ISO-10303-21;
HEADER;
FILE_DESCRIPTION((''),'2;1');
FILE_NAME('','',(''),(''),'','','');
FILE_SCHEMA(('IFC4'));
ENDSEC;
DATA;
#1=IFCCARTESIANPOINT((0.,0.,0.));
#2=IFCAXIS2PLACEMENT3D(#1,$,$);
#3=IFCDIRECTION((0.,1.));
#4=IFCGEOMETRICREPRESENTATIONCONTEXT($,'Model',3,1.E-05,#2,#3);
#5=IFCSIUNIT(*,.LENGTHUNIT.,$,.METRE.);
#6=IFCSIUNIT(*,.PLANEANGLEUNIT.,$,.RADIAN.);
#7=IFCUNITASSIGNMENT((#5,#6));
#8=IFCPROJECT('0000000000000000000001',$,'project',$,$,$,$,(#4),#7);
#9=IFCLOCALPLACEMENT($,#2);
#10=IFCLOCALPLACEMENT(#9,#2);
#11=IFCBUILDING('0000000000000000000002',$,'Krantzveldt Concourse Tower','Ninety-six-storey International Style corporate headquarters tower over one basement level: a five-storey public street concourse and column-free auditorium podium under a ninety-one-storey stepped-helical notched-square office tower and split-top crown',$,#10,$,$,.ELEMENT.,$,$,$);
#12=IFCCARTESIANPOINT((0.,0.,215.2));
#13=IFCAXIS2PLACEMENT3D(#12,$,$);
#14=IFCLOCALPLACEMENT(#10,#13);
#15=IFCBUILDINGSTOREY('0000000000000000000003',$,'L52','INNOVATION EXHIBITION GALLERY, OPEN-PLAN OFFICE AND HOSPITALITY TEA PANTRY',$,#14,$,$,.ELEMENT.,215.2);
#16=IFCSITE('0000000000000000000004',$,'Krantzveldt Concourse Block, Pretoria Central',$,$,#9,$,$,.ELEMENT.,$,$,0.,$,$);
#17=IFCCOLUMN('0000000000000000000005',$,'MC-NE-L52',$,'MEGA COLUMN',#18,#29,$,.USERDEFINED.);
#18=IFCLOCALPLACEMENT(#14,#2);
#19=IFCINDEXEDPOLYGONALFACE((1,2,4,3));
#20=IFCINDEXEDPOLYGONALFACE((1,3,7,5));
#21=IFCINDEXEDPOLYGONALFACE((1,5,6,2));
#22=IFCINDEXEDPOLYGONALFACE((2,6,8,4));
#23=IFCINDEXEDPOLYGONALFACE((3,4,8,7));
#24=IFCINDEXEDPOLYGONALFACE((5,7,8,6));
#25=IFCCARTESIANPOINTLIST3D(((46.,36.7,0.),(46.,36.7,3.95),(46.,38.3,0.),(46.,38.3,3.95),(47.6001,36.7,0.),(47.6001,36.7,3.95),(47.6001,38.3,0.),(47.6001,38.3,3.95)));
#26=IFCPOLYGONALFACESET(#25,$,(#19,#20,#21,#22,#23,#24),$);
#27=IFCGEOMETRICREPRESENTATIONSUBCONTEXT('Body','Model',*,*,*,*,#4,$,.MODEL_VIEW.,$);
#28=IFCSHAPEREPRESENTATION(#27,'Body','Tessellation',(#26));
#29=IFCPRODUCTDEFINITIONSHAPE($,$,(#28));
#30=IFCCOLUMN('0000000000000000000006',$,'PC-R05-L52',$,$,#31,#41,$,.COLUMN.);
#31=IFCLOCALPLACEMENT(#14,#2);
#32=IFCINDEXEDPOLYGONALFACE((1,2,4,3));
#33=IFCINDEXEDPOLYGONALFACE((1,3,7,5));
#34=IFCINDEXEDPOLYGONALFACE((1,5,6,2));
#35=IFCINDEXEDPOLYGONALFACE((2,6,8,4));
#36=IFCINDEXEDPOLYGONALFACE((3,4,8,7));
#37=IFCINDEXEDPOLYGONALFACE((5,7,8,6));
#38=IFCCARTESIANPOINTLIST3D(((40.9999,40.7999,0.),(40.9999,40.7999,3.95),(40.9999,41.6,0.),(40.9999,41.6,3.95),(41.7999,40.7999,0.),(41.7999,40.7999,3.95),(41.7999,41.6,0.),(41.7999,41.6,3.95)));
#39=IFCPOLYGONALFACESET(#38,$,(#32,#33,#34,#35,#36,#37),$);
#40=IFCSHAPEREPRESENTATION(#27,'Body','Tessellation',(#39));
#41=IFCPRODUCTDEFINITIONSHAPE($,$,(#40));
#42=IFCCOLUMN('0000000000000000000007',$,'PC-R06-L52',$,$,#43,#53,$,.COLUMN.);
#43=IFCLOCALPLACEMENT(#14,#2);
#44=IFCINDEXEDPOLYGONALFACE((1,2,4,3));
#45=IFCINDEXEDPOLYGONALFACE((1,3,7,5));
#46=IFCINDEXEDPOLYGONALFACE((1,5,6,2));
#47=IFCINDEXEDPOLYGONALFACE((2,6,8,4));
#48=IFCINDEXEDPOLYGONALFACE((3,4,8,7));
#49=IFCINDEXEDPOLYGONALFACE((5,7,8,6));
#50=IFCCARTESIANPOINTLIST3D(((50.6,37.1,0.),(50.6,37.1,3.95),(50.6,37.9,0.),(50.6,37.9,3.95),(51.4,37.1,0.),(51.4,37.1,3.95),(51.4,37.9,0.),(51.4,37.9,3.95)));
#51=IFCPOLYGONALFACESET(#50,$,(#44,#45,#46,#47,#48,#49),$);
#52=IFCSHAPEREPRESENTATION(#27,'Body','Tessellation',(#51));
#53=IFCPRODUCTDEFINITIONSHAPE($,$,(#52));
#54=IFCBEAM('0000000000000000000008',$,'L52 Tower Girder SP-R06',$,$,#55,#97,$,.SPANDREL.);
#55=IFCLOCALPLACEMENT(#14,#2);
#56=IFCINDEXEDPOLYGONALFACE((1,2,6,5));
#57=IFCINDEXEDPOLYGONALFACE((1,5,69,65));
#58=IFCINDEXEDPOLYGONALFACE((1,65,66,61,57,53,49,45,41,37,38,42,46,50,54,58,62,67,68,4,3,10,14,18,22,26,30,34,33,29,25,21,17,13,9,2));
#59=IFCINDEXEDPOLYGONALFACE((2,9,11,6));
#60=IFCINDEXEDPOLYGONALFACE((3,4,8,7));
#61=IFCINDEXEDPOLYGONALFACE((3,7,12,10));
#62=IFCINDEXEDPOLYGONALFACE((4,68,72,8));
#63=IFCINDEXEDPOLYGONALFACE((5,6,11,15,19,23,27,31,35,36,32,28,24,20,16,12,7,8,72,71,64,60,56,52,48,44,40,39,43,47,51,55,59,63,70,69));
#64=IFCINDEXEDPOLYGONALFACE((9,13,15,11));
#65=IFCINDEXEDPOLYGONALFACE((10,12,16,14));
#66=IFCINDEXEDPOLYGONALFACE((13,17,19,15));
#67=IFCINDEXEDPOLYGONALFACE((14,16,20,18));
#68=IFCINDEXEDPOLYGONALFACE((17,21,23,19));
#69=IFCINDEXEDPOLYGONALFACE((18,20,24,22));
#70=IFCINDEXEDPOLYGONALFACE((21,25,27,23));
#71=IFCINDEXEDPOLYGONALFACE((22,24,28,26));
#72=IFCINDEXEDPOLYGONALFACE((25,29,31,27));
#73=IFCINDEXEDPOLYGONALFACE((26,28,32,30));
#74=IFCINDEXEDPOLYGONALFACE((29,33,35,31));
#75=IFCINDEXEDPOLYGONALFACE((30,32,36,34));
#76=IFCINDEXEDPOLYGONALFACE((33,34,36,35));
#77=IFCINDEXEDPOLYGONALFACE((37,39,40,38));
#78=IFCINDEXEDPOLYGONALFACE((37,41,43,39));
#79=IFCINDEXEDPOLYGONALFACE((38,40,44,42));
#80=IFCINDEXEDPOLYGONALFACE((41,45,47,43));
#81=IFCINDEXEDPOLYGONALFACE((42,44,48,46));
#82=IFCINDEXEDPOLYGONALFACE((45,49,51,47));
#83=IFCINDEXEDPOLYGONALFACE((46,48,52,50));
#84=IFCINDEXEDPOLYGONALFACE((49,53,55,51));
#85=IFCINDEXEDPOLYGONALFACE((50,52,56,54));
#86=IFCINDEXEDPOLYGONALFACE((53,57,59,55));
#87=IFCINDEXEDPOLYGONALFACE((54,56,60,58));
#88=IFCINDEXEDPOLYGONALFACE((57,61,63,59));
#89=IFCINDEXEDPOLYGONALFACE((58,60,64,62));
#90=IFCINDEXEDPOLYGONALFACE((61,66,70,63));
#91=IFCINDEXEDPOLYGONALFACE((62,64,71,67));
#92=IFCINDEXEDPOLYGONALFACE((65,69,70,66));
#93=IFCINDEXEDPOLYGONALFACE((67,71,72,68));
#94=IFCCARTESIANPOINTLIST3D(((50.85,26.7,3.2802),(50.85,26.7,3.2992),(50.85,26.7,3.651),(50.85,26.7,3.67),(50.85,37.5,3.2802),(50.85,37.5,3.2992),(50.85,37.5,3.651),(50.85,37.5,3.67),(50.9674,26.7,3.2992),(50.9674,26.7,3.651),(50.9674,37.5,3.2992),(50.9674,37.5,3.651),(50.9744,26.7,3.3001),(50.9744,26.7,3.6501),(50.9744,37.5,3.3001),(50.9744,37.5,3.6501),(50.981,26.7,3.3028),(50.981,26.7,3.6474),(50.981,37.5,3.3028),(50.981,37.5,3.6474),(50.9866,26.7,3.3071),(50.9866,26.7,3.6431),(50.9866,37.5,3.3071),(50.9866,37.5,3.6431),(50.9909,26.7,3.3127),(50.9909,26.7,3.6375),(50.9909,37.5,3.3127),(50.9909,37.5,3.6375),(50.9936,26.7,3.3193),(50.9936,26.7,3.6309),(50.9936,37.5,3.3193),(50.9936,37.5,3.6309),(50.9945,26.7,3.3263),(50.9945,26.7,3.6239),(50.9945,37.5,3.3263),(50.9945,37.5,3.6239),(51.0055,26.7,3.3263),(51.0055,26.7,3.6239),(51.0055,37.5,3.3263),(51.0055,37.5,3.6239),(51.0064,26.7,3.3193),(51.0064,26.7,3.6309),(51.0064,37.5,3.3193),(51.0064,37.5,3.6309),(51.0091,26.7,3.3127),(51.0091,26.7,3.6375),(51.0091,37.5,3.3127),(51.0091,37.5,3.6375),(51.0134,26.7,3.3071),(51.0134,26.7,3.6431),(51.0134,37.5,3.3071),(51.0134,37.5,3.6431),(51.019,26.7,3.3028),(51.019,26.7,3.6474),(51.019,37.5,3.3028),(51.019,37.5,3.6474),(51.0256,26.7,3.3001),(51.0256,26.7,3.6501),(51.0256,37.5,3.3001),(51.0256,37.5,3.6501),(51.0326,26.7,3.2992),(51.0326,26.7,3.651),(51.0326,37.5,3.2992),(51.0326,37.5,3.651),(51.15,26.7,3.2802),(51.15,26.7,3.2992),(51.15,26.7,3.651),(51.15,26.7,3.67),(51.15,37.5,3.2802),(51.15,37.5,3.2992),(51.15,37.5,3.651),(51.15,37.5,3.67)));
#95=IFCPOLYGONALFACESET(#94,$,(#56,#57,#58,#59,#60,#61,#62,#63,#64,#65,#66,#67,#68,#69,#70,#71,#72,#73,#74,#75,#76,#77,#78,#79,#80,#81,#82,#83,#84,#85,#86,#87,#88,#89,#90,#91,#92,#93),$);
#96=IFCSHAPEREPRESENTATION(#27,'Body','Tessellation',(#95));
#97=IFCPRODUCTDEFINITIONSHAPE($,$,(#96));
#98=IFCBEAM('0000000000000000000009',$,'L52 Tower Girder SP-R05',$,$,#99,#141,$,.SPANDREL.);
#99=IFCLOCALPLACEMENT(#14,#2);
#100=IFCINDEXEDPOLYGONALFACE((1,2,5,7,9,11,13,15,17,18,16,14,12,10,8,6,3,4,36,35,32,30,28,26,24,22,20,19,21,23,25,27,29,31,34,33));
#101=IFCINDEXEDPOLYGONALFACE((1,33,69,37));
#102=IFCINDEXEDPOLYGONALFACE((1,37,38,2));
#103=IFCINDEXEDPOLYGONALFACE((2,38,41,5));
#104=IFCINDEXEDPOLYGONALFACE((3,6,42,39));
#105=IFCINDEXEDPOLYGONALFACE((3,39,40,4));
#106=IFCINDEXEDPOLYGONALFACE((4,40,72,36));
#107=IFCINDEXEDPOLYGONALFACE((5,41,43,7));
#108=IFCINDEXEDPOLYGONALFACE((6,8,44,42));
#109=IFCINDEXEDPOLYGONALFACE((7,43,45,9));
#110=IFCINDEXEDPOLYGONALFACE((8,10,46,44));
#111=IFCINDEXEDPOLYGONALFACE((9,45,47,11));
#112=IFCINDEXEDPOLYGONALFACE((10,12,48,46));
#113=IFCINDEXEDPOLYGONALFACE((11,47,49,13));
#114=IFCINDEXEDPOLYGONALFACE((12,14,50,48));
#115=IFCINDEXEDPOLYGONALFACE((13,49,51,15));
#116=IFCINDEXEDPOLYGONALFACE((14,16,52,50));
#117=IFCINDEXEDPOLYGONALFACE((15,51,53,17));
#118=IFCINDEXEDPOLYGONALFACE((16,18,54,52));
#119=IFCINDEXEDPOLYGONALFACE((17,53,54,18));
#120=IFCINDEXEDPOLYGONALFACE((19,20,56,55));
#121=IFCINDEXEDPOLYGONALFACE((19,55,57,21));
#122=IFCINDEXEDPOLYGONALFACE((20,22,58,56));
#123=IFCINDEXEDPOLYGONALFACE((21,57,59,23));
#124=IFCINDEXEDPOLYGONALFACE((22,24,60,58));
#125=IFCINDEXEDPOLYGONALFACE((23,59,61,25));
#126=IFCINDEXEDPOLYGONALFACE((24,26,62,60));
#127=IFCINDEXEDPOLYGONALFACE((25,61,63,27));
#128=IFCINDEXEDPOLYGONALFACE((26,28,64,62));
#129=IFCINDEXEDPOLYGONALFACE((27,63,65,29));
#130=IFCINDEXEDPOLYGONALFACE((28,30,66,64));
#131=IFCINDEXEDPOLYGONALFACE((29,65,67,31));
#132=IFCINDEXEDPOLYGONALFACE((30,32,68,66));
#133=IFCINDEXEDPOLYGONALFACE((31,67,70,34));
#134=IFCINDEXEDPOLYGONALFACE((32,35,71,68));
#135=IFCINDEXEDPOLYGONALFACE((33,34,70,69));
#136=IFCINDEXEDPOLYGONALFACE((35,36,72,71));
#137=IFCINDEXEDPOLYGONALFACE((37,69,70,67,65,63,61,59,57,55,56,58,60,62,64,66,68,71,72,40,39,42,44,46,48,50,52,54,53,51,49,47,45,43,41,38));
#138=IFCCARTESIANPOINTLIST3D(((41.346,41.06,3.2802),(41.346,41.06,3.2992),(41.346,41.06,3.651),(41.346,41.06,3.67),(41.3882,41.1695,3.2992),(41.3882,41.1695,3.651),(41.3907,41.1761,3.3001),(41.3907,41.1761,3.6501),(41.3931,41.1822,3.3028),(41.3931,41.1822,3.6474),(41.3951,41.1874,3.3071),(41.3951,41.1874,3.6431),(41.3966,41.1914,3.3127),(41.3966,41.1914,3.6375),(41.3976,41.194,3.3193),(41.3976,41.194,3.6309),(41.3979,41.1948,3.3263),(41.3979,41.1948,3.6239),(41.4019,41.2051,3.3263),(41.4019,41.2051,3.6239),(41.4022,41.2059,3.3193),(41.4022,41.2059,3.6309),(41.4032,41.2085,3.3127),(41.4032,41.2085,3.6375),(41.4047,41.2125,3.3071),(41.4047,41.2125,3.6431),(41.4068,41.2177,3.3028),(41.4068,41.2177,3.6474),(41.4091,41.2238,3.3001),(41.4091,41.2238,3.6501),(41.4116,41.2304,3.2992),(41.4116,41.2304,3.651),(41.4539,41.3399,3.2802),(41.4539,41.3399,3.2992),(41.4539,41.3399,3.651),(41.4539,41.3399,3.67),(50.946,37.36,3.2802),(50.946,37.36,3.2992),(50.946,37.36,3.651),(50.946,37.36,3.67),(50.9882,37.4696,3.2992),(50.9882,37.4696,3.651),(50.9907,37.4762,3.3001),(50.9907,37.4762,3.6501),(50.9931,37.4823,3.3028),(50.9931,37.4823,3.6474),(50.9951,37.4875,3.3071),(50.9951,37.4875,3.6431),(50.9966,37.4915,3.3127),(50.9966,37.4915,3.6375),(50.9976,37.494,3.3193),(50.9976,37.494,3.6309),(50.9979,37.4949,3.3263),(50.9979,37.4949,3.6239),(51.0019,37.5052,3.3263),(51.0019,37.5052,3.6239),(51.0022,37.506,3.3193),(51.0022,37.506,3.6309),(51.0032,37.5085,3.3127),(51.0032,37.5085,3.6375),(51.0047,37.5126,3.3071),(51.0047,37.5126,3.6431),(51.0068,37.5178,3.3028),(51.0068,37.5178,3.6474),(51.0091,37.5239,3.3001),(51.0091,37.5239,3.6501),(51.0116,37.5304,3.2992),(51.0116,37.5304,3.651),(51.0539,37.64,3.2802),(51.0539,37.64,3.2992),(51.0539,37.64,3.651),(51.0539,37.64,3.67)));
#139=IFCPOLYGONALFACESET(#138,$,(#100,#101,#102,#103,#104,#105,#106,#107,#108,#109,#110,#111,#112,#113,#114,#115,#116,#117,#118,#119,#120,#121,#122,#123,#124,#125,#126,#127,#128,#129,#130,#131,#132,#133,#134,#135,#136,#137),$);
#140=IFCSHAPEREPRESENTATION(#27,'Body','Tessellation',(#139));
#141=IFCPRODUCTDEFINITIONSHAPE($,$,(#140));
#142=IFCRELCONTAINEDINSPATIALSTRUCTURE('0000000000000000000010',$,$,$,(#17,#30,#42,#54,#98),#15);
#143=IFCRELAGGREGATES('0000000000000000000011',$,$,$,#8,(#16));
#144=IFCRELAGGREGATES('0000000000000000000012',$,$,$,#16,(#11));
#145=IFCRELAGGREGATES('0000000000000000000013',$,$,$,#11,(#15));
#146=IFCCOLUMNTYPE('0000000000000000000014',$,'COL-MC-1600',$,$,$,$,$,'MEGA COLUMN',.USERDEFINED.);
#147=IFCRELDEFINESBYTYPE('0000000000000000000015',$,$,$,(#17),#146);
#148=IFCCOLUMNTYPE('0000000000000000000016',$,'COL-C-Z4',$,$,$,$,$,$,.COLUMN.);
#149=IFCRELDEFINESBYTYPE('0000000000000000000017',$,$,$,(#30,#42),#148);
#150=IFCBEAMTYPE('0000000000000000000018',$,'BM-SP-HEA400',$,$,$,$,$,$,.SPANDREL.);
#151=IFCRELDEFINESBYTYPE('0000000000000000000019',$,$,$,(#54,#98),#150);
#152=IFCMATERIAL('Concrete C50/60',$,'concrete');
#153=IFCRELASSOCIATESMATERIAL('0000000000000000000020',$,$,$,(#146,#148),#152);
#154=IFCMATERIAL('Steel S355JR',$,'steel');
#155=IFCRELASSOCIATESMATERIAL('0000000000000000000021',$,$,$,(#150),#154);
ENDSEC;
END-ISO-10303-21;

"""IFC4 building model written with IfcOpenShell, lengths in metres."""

from ifc_helpers import new_model, si_unit, direction, frame, origin, origin_2d, place, context, subcontext, project, spatial, rectangle, i_section, extrude, source, transform, mapped, material, material_profile, profile_set, type_object, type_shapes, element, save


model = new_model("IFC4")

# Units and contexts
model_context = context("Model", 3, precision=1e-05, world=origin(), true_north=direction((0.0, 1.0)))
body_context = subcontext(model_context, "Body", "Model", "MODEL_VIEW")
ifc_project = project(units=[si_unit("LENGTHUNIT", "METRE"), si_unit("PLANEANGLEUNIT", "RADIAN")], contexts=[model_context])

# Site, building, storey
site_placement = place(None, origin())
site = spatial("IfcSite", under=ifc_project, at=site_placement, Name="Krantzveldt Concourse Block, Pretoria Central", CompositionType="ELEMENT", RefElevation=0.0)
building_placement = place(site_placement, origin())
building = spatial("IfcBuilding", under=site, at=building_placement, Name="Krantzveldt Concourse Tower", Description="Ninety-six-storey International Style corporate headquarters tower over one basement level: a five-storey public street concourse and column-free auditorium podium under a ninety-one-storey stepped-helical notched-square office tower and split-top crown", CompositionType="ELEMENT")
storey_placement = place(building_placement, frame((0.0, 0.0, 215.2)))
storey = spatial("IfcBuildingStorey", under=building, at=storey_placement, Name="L52", Description="INNOVATION EXHIBITION GALLERY, OPEN-PLAN OFFICE AND HOSPITALITY TEA PANTRY", CompositionType="ELEMENT", Elevation=215.2)

# Columns
ifc_material_1 = material(Name="Concrete C50/60", Category="concrete")
ifc_material_profile_1 = material_profile(ifc_material_1, rectangle(XDim=1.6001, YDim=1.6001, at=origin_2d()), Name="Concrete C50/60", Category="concrete")
ifc_profile_set_1 = profile_set([ifc_material_profile_1], Name="Concrete C50/60 - RC 1600x1600")
column_type_1 = type_object("IfcColumnType", Name="COL-MC-1600", ElementType="MEGA COLUMN", PredefinedType="USERDEFINED", material=ifc_profile_set_1)
shared_shape_1 = source(origin(), body_context, "Body", "SweptSolid", [
    extrude(rectangle(XDim=1.6001, YDim=1.6001, at=origin_2d()), origin(), (0.0, 0.0, 1.0), 3.95),
])
type_shapes(column_type_1, [shared_shape_1])
column_placement = place(storey_placement, frame((46.8, 37.5, 0.0), z_axis=(0.0, 0.0, 1.0), x_axis=(1.0, 0.0, 0.0)))
element("IfcColumn", 1, at=column_placement, inside=storey, type_object=column_type_1, Name="MC-NE-L52", ObjectType="MEGA COLUMN", PredefinedType="USERDEFINED", context=body_context, shape_type="MappedRepresentation", body=[
    mapped(shared_shape_1, transform((0.0, 0.0, 0.0), x_axis=(1.0, 0.0, 0.0), y_axis=(0.0, 1.0, 0.0), z_axis=(0.0, 0.0, 1.0), scale=1.0)),
])
ifc_material_profile_2 = material_profile(ifc_material_1, rectangle(XDim=0.8, YDim=0.8, at=origin_2d()), Name="Concrete C50/60", Category="concrete")
ifc_profile_set_2 = profile_set([ifc_material_profile_2], Name="Concrete C50/60 - RC 800x800")
column_type_2 = type_object("IfcColumnType", Name="COL-C-Z4", PredefinedType="COLUMN", material=ifc_profile_set_2)
shared_shape_2 = source(origin(), body_context, "Body", "SweptSolid", [
    extrude(rectangle(XDim=0.8, YDim=0.8, at=origin_2d()), origin(), (0.0, 0.0, 1.0), 3.95),
])
type_shapes(column_type_2, [shared_shape_2])
for number, where, z_axis, x_axis, name in (
    (2, (41.3999, 41.2, 0.0), (0.0, 0.0, 1.0), (1.0, 0.0, 0.0), "PC-R05-L52"),
    (3, (51.0, 37.5, 0.0), (0.0, 0.0, 1.0), (1.0, 0.0, 0.0), "PC-R06-L52"),
):
    element("IfcColumn", number, at=place(storey_placement, frame(where, z_axis=z_axis, x_axis=x_axis)), inside=storey, type_object=column_type_2, Name=name, PredefinedType="COLUMN", context=body_context, shape_type="MappedRepresentation", body=[
        mapped(shared_shape_2, transform((0.0, 0.0, 0.0), x_axis=(1.0, 0.0, 0.0), y_axis=(0.0, 1.0, 0.0), z_axis=(0.0, 0.0, 1.0), scale=1.0)),
    ])

# Beams
ifc_material_2 = material(Name="Steel S355JR", Category="steel")
ifc_material_profile_3 = material_profile(ifc_material_2, i_section(OverallWidth=0.3, OverallDepth=0.3899, WebThickness=0.011, FlangeThickness=0.019, FilletRadius=0.0271, at=origin_2d()), Name="Steel S355JR", Category="steel")
ifc_profile_set_3 = profile_set([ifc_material_profile_3], Name="Steel S355JR - HEA 400")
beam_type_1 = type_object("IfcBeamType", Name="BM-SP-HEA400", PredefinedType="SPANDREL", material=ifc_profile_set_3)
shared_shape_3 = source(origin(), body_context, "Body", "SweptSolid", [
    extrude(i_section(OverallWidth=0.3, OverallDepth=0.3899, WebThickness=0.011, FlangeThickness=0.019, FilletRadius=0.0271, at=origin_2d()), origin(), (0.0, 0.0, 1.0), 10.8),
])
beam_1_placement = place(storey_placement, frame((51.0, 37.5, 3.4751), z_axis=(0.0, -1.0, 0.0), x_axis=(1.0, 0.0, 0.0)))
element("IfcBeam", 4, at=beam_1_placement, inside=storey, type_object=beam_type_1, Name="L52 Tower Girder SP-R06", PredefinedType="SPANDREL", context=body_context, shape_type="MappedRepresentation", body=[
    mapped(shared_shape_3, transform((0.0, 0.0, 0.0), x_axis=(1.0, 0.0, 0.0), y_axis=(0.0, 1.0, 0.0), z_axis=(0.0, 0.0, 1.0), scale=1.0)),
])
shared_shape_4 = source(origin(), body_context, "Body", "SweptSolid", [
    extrude(i_section(OverallWidth=0.3, OverallDepth=0.3899, WebThickness=0.011, FlangeThickness=0.019, FilletRadius=0.0271, at=origin_2d()), origin(), (0.0, 0.0, 1.0), 10.2883),
])
type_shapes(beam_type_1, [shared_shape_3, shared_shape_4])
beam_2_placement = place(storey_placement, frame((41.3999, 41.2, 3.4751), z_axis=(0.933098, -0.359623, 0.0), x_axis=(0.359623, 0.933098, 0.0)))
element("IfcBeam", 5, at=beam_2_placement, inside=storey, type_object=beam_type_1, Name="L52 Tower Girder SP-R05", PredefinedType="SPANDREL", context=body_context, shape_type="MappedRepresentation", body=[
    mapped(shared_shape_4, transform((0.0, 0.0, 0.0), x_axis=(1.0, 0.0, 0.0), y_axis=(0.0, 1.0, 0.0), z_axis=(0.0, 0.0, 1.0), scale=1.0)),
])

save(model, "model.ifc")
